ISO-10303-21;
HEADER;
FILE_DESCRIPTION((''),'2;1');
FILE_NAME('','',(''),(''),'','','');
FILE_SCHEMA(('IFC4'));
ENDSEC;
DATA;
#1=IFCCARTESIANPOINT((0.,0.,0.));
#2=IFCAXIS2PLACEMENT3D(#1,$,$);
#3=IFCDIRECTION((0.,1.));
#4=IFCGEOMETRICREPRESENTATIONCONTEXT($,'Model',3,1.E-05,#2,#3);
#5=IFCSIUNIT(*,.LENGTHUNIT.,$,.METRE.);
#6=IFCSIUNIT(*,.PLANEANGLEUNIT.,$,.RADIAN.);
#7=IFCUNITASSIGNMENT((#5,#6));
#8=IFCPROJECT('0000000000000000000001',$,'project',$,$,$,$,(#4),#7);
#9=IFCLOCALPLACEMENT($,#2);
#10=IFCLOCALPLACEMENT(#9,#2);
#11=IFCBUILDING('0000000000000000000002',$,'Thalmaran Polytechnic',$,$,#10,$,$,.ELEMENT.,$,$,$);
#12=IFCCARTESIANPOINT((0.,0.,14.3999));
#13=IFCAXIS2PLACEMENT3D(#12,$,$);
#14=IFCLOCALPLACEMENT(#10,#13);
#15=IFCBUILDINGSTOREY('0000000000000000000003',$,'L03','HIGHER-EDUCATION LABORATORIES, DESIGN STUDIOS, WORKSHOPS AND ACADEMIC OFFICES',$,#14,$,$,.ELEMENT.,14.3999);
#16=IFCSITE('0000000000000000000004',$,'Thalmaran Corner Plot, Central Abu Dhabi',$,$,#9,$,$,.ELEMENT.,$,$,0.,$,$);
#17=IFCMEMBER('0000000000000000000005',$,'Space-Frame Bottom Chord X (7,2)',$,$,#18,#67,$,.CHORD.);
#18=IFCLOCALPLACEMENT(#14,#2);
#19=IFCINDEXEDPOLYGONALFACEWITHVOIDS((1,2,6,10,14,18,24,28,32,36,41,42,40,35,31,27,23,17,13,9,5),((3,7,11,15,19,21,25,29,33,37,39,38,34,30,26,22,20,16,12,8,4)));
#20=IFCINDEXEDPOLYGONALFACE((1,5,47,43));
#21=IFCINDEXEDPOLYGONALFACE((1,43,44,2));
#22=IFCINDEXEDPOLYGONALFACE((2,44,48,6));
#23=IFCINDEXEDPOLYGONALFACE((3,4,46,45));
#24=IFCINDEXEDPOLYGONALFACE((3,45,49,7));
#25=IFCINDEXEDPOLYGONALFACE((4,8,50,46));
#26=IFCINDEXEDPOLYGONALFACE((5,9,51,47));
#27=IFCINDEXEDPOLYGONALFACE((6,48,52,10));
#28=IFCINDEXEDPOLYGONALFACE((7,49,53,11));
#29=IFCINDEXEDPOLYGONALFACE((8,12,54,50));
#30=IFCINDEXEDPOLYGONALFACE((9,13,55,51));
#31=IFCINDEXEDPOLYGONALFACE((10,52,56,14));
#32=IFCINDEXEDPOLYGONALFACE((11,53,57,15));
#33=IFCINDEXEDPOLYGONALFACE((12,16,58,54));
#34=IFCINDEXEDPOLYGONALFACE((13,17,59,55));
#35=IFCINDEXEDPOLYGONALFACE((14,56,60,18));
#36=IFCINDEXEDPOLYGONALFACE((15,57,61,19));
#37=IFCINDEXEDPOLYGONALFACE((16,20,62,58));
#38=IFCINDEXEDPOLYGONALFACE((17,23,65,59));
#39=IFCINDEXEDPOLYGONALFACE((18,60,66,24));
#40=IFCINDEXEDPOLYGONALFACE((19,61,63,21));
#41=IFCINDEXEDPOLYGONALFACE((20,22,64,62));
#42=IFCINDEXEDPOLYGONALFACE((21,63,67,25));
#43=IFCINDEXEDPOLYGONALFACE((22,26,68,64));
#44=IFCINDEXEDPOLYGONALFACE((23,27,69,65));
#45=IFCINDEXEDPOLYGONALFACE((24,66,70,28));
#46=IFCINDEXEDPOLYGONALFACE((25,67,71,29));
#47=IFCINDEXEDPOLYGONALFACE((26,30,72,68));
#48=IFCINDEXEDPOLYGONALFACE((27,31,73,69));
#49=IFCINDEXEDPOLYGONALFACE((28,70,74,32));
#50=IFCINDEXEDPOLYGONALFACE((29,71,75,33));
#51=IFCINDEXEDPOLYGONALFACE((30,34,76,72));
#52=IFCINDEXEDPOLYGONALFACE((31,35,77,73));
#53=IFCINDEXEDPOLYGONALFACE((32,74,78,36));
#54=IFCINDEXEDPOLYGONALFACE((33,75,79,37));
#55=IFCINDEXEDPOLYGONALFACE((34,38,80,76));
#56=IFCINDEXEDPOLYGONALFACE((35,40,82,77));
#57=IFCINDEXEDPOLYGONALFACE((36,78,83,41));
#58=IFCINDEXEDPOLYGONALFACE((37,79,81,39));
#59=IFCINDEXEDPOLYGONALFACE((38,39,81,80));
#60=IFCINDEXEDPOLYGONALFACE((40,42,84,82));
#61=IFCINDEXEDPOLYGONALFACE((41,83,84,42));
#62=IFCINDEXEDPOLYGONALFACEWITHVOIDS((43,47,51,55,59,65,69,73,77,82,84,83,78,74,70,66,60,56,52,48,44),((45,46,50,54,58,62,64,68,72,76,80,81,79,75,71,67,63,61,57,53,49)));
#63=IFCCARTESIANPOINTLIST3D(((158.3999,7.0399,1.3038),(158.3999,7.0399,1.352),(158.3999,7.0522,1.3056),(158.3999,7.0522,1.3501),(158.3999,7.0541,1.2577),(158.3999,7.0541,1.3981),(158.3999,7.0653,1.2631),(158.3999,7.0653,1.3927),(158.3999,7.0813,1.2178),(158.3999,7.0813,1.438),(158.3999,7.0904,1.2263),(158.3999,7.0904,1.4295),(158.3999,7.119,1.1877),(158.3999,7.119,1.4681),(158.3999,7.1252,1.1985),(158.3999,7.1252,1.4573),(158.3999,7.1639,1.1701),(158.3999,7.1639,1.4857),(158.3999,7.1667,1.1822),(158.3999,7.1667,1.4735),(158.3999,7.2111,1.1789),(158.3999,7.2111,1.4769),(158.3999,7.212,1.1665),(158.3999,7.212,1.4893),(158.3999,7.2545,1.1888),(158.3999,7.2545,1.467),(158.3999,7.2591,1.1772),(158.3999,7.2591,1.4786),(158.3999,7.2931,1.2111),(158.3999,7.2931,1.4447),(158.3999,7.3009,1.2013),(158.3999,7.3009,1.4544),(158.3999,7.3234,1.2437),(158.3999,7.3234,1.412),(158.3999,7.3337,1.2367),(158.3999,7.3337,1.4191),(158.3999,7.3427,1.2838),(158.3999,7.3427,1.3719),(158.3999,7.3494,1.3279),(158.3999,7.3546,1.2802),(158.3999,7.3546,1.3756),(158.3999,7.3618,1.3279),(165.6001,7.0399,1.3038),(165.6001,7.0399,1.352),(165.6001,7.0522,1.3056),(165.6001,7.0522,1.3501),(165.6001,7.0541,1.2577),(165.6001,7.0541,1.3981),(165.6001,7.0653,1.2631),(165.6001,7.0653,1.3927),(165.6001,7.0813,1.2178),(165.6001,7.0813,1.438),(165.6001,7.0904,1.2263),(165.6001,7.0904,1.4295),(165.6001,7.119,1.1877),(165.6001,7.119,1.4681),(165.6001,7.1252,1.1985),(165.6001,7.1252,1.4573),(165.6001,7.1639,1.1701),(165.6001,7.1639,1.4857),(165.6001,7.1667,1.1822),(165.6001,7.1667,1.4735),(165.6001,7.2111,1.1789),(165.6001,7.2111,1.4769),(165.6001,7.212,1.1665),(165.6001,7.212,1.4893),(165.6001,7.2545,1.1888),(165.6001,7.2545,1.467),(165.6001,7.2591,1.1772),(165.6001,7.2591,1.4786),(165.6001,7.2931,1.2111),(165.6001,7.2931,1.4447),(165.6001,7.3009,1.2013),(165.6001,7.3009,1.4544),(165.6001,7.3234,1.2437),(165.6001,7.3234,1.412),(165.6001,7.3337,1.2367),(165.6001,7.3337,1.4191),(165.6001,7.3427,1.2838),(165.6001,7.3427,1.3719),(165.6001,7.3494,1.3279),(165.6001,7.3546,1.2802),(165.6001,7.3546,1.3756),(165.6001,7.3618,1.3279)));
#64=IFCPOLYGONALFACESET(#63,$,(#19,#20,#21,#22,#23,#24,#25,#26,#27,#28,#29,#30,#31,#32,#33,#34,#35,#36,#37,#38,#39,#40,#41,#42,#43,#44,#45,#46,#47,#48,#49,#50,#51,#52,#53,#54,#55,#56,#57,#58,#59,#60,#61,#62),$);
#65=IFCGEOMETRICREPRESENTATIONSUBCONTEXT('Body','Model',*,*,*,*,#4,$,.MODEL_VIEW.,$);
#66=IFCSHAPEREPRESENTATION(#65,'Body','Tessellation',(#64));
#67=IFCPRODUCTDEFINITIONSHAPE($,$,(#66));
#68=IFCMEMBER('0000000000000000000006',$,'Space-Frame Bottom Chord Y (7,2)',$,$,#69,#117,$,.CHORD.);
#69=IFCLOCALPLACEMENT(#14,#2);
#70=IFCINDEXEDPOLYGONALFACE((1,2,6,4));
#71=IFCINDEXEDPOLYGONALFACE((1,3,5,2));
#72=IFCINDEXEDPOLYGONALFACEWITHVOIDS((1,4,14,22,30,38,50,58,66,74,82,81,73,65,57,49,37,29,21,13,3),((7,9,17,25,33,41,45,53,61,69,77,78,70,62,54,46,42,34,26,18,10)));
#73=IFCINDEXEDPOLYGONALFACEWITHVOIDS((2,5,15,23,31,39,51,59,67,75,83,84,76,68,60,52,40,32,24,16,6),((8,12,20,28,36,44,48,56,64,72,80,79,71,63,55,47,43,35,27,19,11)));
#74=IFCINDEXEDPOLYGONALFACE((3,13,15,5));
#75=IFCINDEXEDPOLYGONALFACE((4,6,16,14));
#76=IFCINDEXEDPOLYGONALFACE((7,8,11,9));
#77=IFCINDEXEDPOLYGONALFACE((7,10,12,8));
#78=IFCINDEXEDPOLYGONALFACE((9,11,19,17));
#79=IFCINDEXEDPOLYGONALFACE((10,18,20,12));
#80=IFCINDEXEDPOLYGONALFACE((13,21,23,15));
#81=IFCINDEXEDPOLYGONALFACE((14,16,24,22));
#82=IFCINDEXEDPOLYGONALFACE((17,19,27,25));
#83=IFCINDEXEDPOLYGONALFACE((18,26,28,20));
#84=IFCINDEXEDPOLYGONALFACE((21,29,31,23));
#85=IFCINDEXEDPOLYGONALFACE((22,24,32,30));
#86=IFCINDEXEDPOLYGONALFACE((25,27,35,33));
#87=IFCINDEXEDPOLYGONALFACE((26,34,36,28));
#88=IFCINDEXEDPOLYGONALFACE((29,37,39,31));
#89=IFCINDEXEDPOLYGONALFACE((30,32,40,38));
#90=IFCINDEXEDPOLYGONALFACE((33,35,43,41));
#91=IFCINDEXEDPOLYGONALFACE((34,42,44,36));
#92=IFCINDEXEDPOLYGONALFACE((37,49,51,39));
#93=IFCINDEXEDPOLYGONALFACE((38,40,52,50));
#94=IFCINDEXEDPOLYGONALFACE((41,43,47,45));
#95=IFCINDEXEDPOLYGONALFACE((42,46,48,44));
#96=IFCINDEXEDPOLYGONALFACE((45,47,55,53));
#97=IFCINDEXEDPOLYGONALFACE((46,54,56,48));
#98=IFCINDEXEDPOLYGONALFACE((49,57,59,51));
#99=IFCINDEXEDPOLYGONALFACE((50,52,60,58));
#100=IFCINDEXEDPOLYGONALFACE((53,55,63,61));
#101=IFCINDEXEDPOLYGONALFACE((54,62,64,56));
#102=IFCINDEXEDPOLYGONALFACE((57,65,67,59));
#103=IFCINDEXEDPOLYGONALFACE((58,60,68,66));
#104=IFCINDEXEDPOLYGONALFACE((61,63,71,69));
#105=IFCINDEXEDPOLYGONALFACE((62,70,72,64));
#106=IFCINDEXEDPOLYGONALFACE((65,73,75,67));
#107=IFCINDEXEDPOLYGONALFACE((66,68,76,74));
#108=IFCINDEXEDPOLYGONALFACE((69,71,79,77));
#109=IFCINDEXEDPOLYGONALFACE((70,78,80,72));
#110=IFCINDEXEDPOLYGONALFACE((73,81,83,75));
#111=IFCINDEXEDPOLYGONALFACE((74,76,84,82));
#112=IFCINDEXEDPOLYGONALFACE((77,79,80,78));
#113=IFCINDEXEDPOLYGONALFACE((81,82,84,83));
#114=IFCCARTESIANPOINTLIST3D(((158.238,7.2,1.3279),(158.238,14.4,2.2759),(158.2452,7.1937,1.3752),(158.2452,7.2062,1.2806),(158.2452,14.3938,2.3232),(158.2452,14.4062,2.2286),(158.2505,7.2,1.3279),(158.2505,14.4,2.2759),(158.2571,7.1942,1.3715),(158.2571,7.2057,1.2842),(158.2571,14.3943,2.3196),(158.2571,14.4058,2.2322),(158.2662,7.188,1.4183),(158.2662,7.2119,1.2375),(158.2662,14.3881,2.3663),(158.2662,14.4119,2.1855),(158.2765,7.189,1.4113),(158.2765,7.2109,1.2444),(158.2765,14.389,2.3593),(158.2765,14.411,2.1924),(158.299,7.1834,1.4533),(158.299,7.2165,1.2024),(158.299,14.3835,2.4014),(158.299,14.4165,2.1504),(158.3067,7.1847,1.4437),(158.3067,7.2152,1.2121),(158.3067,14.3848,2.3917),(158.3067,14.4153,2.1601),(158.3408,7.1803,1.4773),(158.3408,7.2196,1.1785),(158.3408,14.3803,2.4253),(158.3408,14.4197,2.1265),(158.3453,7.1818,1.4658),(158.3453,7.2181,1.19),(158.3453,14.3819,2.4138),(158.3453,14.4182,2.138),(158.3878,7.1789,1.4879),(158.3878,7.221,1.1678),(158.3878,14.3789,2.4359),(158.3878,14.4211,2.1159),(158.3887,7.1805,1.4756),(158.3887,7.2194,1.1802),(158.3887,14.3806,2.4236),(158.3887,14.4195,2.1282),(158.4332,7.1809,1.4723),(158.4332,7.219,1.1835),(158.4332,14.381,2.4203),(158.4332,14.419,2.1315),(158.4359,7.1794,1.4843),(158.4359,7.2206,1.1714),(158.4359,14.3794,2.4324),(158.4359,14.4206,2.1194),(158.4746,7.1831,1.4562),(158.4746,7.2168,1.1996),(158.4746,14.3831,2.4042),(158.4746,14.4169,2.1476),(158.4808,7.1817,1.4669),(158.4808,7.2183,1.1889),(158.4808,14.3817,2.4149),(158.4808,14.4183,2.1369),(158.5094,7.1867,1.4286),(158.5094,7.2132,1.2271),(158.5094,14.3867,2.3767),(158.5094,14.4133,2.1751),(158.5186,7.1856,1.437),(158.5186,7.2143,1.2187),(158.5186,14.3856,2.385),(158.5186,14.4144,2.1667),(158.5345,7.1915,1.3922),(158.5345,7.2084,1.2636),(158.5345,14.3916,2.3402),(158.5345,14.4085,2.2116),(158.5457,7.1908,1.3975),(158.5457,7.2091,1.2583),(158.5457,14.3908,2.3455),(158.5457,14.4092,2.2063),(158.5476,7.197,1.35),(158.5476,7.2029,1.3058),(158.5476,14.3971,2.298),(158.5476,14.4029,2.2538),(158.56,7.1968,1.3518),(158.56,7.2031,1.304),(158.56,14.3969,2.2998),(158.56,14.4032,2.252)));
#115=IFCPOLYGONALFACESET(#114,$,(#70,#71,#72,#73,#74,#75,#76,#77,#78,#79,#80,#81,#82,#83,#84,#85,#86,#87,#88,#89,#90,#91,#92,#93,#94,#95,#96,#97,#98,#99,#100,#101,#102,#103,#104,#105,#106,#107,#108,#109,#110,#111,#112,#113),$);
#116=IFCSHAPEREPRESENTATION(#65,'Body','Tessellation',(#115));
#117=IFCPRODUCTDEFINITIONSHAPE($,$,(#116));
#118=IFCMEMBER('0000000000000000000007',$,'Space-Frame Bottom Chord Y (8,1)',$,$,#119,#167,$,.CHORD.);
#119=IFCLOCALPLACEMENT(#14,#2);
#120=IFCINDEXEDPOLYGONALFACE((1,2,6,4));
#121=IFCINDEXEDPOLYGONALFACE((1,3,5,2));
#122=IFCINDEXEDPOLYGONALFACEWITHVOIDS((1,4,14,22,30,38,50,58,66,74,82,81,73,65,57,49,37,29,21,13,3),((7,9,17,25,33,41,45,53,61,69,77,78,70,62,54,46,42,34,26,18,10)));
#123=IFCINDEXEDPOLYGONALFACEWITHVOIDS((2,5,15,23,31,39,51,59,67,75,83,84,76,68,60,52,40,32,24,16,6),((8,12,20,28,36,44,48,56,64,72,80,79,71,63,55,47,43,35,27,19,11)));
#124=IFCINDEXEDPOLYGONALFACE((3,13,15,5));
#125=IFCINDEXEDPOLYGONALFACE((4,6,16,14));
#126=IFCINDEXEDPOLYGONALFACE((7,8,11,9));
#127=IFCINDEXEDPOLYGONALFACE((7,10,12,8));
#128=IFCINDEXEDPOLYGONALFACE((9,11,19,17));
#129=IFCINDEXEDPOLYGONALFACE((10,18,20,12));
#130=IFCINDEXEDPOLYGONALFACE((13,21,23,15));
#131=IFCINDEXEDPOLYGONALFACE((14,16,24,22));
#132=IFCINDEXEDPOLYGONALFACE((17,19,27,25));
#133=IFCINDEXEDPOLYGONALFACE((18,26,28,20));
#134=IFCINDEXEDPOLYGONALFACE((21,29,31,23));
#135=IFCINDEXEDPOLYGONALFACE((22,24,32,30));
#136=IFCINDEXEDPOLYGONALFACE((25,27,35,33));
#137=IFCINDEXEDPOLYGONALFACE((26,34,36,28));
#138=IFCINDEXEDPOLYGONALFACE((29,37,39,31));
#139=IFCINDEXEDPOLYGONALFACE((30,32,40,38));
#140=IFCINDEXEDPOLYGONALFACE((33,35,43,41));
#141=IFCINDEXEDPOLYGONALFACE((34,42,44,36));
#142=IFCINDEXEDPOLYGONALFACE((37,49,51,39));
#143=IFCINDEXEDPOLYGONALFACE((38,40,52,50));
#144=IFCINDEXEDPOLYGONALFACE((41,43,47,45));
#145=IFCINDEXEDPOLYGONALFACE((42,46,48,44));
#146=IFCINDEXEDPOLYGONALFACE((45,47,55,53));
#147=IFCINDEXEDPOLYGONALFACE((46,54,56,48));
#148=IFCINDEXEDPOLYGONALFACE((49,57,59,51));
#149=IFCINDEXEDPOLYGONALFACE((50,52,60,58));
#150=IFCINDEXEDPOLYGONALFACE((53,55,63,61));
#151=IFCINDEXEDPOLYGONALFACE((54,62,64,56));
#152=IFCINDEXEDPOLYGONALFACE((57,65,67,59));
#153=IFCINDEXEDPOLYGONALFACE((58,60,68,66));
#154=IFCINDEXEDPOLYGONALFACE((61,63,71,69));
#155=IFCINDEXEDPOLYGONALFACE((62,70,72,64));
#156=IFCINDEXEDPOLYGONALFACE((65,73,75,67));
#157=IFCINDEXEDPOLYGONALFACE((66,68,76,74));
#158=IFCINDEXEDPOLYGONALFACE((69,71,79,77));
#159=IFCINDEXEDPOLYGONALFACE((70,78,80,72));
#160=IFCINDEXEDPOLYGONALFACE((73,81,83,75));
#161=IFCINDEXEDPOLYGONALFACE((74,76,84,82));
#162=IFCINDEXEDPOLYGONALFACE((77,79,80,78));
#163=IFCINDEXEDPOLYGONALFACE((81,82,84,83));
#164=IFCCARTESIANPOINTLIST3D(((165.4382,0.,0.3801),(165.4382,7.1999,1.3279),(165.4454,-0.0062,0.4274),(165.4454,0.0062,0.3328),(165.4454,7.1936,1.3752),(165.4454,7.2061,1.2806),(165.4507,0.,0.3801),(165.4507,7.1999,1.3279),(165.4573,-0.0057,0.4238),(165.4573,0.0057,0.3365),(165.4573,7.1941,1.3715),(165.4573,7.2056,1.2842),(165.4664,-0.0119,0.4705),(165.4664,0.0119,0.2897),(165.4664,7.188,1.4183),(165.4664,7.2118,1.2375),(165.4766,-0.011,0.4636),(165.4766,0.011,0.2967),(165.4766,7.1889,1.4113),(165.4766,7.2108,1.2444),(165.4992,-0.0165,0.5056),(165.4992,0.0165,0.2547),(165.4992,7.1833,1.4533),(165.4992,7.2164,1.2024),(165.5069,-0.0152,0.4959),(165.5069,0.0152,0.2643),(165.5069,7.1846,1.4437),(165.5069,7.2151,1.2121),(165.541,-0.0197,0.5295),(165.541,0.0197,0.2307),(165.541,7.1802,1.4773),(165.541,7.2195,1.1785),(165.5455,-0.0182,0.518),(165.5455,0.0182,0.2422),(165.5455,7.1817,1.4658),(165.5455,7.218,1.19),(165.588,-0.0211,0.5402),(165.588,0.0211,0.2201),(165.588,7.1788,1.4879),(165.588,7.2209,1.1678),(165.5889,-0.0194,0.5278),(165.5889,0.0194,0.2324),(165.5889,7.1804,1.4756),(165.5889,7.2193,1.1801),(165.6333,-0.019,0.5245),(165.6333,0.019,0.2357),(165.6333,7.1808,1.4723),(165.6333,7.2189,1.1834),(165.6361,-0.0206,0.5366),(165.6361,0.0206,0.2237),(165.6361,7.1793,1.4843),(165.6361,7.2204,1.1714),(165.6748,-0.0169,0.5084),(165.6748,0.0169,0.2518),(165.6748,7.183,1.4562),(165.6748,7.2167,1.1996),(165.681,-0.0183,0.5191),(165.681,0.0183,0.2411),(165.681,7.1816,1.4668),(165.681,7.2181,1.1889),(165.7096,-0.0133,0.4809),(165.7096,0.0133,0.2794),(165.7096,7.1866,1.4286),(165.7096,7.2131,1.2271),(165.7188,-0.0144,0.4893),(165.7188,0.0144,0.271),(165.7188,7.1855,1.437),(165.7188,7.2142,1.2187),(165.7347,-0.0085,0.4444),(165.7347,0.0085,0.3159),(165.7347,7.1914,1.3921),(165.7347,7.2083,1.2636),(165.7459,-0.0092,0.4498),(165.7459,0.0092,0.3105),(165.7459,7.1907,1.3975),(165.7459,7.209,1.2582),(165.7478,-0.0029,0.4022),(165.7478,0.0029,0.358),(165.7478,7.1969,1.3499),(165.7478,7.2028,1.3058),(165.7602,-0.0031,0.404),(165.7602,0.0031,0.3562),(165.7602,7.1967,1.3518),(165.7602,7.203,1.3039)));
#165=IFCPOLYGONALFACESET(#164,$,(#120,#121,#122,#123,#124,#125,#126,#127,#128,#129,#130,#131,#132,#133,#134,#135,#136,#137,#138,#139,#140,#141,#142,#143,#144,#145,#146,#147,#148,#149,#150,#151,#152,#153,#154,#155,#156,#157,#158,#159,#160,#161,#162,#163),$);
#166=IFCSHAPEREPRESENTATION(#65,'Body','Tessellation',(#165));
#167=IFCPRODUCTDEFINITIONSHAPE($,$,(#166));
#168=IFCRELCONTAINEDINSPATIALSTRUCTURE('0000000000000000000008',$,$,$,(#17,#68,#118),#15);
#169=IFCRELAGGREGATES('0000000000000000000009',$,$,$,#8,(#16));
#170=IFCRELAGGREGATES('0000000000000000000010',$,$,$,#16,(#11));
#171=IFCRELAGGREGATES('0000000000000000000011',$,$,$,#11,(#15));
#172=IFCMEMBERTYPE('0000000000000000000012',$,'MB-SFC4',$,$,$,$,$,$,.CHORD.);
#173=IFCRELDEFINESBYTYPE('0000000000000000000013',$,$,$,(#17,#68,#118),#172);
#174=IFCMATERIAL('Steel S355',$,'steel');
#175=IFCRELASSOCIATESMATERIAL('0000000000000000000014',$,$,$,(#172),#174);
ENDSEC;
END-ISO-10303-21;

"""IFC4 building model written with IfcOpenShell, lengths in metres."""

from ifc_helpers import new_model, si_unit, direction, frame, origin, origin_2d, place, context, subcontext, project, spatial, hollow_circle, extrude, material, material_profile, profile_set, type_object, element, save


model = new_model("IFC4")

# Units and contexts
model_context = context("Model", 3, precision=1e-05, world=origin(), true_north=direction((0.0, 1.0)))
body_context = subcontext(model_context, "Body", "Model", "MODEL_VIEW")
ifc_project = project(units=[si_unit("LENGTHUNIT", "METRE"), si_unit("PLANEANGLEUNIT", "RADIAN")], contexts=[model_context])

# Site, building, storey
site_placement = place(None, origin())
site = spatial("IfcSite", under=ifc_project, at=site_placement, Name="Thalmaran Corner Plot, Central Abu Dhabi", CompositionType="ELEMENT", RefElevation=0.0)
building_placement = place(site_placement, origin())
building = spatial("IfcBuilding", under=site, at=building_placement, Name="Thalmaran Polytechnic", CompositionType="ELEMENT")
storey_placement = place(building_placement, frame((0.0, 0.0, 14.3999)))
storey = spatial("IfcBuildingStorey", under=building, at=storey_placement, Name="L03", Description="HIGHER-EDUCATION LABORATORIES, DESIGN STUDIOS, WORKSHOPS AND ACADEMIC OFFICES", CompositionType="ELEMENT", Elevation=14.3999)

# Shared definitions
ifc_material_1 = material(Name="Steel S355", Category="steel")

# Members
ifc_material_profile_1 = material_profile(ifc_material_1, hollow_circle(Radius=0.1619, WallThickness=0.0125, at=origin_2d()), Name="CHS 323.9x12.5")
ifc_profile_set_1 = profile_set([ifc_material_profile_1], Name="Steel S355")
member_type_1 = type_object("IfcMemberType", Name="MB-SFC4", PredefinedType="CHORD", material=ifc_profile_set_1)
member_1_placement = place(storey_placement, frame((158.3999, 7.2, 1.3279), z_axis=(1.0, 0.0, 0.0), x_axis=(0.0, 1.0, 0.0)))
element("IfcMember", 1, at=member_1_placement, inside=storey, type_object=member_type_1, Name="Space-Frame Bottom Chord X (7,2)", PredefinedType="CHORD", context=body_context, shape_type="SweptSolid", body=[
    extrude(hollow_circle(Radius=0.1619, WallThickness=0.0125, at=origin_2d()), origin(), (0.0, 0.0, 1.0), 7.2002),
])
member_2_placement = place(storey_placement, frame((158.3999, 7.2, 1.3279), z_axis=(0.0, 0.991443, 0.130541), x_axis=(-1.0, 0.0, 0.0)))
element("IfcMember", 2, at=member_2_placement, inside=storey, type_object=member_type_1, Name="Space-Frame Bottom Chord Y (7,2)", PredefinedType="CHORD", context=body_context, shape_type="SweptSolid", body=[
    extrude(hollow_circle(Radius=0.1619, WallThickness=0.0125, at=origin_2d()), origin(), (0.0, 0.0, 1.0), 7.2622),
])
member_3_placement = place(storey_placement, frame((165.6001, 0.0, 0.3801), z_axis=(0.0, 0.991447, 0.130508), x_axis=(-1.0, 0.0, 0.0)))
element("IfcMember", 3, at=member_3_placement, inside=storey, type_object=member_type_1, Name="Space-Frame Bottom Chord Y (8,1)", PredefinedType="CHORD", context=body_context, shape_type="SweptSolid", body=[
    extrude(hollow_circle(Radius=0.1619, WallThickness=0.0125, at=origin_2d()), origin(), (0.0, 0.0, 1.0), 7.262),
])

save(model, "model.ifc")
